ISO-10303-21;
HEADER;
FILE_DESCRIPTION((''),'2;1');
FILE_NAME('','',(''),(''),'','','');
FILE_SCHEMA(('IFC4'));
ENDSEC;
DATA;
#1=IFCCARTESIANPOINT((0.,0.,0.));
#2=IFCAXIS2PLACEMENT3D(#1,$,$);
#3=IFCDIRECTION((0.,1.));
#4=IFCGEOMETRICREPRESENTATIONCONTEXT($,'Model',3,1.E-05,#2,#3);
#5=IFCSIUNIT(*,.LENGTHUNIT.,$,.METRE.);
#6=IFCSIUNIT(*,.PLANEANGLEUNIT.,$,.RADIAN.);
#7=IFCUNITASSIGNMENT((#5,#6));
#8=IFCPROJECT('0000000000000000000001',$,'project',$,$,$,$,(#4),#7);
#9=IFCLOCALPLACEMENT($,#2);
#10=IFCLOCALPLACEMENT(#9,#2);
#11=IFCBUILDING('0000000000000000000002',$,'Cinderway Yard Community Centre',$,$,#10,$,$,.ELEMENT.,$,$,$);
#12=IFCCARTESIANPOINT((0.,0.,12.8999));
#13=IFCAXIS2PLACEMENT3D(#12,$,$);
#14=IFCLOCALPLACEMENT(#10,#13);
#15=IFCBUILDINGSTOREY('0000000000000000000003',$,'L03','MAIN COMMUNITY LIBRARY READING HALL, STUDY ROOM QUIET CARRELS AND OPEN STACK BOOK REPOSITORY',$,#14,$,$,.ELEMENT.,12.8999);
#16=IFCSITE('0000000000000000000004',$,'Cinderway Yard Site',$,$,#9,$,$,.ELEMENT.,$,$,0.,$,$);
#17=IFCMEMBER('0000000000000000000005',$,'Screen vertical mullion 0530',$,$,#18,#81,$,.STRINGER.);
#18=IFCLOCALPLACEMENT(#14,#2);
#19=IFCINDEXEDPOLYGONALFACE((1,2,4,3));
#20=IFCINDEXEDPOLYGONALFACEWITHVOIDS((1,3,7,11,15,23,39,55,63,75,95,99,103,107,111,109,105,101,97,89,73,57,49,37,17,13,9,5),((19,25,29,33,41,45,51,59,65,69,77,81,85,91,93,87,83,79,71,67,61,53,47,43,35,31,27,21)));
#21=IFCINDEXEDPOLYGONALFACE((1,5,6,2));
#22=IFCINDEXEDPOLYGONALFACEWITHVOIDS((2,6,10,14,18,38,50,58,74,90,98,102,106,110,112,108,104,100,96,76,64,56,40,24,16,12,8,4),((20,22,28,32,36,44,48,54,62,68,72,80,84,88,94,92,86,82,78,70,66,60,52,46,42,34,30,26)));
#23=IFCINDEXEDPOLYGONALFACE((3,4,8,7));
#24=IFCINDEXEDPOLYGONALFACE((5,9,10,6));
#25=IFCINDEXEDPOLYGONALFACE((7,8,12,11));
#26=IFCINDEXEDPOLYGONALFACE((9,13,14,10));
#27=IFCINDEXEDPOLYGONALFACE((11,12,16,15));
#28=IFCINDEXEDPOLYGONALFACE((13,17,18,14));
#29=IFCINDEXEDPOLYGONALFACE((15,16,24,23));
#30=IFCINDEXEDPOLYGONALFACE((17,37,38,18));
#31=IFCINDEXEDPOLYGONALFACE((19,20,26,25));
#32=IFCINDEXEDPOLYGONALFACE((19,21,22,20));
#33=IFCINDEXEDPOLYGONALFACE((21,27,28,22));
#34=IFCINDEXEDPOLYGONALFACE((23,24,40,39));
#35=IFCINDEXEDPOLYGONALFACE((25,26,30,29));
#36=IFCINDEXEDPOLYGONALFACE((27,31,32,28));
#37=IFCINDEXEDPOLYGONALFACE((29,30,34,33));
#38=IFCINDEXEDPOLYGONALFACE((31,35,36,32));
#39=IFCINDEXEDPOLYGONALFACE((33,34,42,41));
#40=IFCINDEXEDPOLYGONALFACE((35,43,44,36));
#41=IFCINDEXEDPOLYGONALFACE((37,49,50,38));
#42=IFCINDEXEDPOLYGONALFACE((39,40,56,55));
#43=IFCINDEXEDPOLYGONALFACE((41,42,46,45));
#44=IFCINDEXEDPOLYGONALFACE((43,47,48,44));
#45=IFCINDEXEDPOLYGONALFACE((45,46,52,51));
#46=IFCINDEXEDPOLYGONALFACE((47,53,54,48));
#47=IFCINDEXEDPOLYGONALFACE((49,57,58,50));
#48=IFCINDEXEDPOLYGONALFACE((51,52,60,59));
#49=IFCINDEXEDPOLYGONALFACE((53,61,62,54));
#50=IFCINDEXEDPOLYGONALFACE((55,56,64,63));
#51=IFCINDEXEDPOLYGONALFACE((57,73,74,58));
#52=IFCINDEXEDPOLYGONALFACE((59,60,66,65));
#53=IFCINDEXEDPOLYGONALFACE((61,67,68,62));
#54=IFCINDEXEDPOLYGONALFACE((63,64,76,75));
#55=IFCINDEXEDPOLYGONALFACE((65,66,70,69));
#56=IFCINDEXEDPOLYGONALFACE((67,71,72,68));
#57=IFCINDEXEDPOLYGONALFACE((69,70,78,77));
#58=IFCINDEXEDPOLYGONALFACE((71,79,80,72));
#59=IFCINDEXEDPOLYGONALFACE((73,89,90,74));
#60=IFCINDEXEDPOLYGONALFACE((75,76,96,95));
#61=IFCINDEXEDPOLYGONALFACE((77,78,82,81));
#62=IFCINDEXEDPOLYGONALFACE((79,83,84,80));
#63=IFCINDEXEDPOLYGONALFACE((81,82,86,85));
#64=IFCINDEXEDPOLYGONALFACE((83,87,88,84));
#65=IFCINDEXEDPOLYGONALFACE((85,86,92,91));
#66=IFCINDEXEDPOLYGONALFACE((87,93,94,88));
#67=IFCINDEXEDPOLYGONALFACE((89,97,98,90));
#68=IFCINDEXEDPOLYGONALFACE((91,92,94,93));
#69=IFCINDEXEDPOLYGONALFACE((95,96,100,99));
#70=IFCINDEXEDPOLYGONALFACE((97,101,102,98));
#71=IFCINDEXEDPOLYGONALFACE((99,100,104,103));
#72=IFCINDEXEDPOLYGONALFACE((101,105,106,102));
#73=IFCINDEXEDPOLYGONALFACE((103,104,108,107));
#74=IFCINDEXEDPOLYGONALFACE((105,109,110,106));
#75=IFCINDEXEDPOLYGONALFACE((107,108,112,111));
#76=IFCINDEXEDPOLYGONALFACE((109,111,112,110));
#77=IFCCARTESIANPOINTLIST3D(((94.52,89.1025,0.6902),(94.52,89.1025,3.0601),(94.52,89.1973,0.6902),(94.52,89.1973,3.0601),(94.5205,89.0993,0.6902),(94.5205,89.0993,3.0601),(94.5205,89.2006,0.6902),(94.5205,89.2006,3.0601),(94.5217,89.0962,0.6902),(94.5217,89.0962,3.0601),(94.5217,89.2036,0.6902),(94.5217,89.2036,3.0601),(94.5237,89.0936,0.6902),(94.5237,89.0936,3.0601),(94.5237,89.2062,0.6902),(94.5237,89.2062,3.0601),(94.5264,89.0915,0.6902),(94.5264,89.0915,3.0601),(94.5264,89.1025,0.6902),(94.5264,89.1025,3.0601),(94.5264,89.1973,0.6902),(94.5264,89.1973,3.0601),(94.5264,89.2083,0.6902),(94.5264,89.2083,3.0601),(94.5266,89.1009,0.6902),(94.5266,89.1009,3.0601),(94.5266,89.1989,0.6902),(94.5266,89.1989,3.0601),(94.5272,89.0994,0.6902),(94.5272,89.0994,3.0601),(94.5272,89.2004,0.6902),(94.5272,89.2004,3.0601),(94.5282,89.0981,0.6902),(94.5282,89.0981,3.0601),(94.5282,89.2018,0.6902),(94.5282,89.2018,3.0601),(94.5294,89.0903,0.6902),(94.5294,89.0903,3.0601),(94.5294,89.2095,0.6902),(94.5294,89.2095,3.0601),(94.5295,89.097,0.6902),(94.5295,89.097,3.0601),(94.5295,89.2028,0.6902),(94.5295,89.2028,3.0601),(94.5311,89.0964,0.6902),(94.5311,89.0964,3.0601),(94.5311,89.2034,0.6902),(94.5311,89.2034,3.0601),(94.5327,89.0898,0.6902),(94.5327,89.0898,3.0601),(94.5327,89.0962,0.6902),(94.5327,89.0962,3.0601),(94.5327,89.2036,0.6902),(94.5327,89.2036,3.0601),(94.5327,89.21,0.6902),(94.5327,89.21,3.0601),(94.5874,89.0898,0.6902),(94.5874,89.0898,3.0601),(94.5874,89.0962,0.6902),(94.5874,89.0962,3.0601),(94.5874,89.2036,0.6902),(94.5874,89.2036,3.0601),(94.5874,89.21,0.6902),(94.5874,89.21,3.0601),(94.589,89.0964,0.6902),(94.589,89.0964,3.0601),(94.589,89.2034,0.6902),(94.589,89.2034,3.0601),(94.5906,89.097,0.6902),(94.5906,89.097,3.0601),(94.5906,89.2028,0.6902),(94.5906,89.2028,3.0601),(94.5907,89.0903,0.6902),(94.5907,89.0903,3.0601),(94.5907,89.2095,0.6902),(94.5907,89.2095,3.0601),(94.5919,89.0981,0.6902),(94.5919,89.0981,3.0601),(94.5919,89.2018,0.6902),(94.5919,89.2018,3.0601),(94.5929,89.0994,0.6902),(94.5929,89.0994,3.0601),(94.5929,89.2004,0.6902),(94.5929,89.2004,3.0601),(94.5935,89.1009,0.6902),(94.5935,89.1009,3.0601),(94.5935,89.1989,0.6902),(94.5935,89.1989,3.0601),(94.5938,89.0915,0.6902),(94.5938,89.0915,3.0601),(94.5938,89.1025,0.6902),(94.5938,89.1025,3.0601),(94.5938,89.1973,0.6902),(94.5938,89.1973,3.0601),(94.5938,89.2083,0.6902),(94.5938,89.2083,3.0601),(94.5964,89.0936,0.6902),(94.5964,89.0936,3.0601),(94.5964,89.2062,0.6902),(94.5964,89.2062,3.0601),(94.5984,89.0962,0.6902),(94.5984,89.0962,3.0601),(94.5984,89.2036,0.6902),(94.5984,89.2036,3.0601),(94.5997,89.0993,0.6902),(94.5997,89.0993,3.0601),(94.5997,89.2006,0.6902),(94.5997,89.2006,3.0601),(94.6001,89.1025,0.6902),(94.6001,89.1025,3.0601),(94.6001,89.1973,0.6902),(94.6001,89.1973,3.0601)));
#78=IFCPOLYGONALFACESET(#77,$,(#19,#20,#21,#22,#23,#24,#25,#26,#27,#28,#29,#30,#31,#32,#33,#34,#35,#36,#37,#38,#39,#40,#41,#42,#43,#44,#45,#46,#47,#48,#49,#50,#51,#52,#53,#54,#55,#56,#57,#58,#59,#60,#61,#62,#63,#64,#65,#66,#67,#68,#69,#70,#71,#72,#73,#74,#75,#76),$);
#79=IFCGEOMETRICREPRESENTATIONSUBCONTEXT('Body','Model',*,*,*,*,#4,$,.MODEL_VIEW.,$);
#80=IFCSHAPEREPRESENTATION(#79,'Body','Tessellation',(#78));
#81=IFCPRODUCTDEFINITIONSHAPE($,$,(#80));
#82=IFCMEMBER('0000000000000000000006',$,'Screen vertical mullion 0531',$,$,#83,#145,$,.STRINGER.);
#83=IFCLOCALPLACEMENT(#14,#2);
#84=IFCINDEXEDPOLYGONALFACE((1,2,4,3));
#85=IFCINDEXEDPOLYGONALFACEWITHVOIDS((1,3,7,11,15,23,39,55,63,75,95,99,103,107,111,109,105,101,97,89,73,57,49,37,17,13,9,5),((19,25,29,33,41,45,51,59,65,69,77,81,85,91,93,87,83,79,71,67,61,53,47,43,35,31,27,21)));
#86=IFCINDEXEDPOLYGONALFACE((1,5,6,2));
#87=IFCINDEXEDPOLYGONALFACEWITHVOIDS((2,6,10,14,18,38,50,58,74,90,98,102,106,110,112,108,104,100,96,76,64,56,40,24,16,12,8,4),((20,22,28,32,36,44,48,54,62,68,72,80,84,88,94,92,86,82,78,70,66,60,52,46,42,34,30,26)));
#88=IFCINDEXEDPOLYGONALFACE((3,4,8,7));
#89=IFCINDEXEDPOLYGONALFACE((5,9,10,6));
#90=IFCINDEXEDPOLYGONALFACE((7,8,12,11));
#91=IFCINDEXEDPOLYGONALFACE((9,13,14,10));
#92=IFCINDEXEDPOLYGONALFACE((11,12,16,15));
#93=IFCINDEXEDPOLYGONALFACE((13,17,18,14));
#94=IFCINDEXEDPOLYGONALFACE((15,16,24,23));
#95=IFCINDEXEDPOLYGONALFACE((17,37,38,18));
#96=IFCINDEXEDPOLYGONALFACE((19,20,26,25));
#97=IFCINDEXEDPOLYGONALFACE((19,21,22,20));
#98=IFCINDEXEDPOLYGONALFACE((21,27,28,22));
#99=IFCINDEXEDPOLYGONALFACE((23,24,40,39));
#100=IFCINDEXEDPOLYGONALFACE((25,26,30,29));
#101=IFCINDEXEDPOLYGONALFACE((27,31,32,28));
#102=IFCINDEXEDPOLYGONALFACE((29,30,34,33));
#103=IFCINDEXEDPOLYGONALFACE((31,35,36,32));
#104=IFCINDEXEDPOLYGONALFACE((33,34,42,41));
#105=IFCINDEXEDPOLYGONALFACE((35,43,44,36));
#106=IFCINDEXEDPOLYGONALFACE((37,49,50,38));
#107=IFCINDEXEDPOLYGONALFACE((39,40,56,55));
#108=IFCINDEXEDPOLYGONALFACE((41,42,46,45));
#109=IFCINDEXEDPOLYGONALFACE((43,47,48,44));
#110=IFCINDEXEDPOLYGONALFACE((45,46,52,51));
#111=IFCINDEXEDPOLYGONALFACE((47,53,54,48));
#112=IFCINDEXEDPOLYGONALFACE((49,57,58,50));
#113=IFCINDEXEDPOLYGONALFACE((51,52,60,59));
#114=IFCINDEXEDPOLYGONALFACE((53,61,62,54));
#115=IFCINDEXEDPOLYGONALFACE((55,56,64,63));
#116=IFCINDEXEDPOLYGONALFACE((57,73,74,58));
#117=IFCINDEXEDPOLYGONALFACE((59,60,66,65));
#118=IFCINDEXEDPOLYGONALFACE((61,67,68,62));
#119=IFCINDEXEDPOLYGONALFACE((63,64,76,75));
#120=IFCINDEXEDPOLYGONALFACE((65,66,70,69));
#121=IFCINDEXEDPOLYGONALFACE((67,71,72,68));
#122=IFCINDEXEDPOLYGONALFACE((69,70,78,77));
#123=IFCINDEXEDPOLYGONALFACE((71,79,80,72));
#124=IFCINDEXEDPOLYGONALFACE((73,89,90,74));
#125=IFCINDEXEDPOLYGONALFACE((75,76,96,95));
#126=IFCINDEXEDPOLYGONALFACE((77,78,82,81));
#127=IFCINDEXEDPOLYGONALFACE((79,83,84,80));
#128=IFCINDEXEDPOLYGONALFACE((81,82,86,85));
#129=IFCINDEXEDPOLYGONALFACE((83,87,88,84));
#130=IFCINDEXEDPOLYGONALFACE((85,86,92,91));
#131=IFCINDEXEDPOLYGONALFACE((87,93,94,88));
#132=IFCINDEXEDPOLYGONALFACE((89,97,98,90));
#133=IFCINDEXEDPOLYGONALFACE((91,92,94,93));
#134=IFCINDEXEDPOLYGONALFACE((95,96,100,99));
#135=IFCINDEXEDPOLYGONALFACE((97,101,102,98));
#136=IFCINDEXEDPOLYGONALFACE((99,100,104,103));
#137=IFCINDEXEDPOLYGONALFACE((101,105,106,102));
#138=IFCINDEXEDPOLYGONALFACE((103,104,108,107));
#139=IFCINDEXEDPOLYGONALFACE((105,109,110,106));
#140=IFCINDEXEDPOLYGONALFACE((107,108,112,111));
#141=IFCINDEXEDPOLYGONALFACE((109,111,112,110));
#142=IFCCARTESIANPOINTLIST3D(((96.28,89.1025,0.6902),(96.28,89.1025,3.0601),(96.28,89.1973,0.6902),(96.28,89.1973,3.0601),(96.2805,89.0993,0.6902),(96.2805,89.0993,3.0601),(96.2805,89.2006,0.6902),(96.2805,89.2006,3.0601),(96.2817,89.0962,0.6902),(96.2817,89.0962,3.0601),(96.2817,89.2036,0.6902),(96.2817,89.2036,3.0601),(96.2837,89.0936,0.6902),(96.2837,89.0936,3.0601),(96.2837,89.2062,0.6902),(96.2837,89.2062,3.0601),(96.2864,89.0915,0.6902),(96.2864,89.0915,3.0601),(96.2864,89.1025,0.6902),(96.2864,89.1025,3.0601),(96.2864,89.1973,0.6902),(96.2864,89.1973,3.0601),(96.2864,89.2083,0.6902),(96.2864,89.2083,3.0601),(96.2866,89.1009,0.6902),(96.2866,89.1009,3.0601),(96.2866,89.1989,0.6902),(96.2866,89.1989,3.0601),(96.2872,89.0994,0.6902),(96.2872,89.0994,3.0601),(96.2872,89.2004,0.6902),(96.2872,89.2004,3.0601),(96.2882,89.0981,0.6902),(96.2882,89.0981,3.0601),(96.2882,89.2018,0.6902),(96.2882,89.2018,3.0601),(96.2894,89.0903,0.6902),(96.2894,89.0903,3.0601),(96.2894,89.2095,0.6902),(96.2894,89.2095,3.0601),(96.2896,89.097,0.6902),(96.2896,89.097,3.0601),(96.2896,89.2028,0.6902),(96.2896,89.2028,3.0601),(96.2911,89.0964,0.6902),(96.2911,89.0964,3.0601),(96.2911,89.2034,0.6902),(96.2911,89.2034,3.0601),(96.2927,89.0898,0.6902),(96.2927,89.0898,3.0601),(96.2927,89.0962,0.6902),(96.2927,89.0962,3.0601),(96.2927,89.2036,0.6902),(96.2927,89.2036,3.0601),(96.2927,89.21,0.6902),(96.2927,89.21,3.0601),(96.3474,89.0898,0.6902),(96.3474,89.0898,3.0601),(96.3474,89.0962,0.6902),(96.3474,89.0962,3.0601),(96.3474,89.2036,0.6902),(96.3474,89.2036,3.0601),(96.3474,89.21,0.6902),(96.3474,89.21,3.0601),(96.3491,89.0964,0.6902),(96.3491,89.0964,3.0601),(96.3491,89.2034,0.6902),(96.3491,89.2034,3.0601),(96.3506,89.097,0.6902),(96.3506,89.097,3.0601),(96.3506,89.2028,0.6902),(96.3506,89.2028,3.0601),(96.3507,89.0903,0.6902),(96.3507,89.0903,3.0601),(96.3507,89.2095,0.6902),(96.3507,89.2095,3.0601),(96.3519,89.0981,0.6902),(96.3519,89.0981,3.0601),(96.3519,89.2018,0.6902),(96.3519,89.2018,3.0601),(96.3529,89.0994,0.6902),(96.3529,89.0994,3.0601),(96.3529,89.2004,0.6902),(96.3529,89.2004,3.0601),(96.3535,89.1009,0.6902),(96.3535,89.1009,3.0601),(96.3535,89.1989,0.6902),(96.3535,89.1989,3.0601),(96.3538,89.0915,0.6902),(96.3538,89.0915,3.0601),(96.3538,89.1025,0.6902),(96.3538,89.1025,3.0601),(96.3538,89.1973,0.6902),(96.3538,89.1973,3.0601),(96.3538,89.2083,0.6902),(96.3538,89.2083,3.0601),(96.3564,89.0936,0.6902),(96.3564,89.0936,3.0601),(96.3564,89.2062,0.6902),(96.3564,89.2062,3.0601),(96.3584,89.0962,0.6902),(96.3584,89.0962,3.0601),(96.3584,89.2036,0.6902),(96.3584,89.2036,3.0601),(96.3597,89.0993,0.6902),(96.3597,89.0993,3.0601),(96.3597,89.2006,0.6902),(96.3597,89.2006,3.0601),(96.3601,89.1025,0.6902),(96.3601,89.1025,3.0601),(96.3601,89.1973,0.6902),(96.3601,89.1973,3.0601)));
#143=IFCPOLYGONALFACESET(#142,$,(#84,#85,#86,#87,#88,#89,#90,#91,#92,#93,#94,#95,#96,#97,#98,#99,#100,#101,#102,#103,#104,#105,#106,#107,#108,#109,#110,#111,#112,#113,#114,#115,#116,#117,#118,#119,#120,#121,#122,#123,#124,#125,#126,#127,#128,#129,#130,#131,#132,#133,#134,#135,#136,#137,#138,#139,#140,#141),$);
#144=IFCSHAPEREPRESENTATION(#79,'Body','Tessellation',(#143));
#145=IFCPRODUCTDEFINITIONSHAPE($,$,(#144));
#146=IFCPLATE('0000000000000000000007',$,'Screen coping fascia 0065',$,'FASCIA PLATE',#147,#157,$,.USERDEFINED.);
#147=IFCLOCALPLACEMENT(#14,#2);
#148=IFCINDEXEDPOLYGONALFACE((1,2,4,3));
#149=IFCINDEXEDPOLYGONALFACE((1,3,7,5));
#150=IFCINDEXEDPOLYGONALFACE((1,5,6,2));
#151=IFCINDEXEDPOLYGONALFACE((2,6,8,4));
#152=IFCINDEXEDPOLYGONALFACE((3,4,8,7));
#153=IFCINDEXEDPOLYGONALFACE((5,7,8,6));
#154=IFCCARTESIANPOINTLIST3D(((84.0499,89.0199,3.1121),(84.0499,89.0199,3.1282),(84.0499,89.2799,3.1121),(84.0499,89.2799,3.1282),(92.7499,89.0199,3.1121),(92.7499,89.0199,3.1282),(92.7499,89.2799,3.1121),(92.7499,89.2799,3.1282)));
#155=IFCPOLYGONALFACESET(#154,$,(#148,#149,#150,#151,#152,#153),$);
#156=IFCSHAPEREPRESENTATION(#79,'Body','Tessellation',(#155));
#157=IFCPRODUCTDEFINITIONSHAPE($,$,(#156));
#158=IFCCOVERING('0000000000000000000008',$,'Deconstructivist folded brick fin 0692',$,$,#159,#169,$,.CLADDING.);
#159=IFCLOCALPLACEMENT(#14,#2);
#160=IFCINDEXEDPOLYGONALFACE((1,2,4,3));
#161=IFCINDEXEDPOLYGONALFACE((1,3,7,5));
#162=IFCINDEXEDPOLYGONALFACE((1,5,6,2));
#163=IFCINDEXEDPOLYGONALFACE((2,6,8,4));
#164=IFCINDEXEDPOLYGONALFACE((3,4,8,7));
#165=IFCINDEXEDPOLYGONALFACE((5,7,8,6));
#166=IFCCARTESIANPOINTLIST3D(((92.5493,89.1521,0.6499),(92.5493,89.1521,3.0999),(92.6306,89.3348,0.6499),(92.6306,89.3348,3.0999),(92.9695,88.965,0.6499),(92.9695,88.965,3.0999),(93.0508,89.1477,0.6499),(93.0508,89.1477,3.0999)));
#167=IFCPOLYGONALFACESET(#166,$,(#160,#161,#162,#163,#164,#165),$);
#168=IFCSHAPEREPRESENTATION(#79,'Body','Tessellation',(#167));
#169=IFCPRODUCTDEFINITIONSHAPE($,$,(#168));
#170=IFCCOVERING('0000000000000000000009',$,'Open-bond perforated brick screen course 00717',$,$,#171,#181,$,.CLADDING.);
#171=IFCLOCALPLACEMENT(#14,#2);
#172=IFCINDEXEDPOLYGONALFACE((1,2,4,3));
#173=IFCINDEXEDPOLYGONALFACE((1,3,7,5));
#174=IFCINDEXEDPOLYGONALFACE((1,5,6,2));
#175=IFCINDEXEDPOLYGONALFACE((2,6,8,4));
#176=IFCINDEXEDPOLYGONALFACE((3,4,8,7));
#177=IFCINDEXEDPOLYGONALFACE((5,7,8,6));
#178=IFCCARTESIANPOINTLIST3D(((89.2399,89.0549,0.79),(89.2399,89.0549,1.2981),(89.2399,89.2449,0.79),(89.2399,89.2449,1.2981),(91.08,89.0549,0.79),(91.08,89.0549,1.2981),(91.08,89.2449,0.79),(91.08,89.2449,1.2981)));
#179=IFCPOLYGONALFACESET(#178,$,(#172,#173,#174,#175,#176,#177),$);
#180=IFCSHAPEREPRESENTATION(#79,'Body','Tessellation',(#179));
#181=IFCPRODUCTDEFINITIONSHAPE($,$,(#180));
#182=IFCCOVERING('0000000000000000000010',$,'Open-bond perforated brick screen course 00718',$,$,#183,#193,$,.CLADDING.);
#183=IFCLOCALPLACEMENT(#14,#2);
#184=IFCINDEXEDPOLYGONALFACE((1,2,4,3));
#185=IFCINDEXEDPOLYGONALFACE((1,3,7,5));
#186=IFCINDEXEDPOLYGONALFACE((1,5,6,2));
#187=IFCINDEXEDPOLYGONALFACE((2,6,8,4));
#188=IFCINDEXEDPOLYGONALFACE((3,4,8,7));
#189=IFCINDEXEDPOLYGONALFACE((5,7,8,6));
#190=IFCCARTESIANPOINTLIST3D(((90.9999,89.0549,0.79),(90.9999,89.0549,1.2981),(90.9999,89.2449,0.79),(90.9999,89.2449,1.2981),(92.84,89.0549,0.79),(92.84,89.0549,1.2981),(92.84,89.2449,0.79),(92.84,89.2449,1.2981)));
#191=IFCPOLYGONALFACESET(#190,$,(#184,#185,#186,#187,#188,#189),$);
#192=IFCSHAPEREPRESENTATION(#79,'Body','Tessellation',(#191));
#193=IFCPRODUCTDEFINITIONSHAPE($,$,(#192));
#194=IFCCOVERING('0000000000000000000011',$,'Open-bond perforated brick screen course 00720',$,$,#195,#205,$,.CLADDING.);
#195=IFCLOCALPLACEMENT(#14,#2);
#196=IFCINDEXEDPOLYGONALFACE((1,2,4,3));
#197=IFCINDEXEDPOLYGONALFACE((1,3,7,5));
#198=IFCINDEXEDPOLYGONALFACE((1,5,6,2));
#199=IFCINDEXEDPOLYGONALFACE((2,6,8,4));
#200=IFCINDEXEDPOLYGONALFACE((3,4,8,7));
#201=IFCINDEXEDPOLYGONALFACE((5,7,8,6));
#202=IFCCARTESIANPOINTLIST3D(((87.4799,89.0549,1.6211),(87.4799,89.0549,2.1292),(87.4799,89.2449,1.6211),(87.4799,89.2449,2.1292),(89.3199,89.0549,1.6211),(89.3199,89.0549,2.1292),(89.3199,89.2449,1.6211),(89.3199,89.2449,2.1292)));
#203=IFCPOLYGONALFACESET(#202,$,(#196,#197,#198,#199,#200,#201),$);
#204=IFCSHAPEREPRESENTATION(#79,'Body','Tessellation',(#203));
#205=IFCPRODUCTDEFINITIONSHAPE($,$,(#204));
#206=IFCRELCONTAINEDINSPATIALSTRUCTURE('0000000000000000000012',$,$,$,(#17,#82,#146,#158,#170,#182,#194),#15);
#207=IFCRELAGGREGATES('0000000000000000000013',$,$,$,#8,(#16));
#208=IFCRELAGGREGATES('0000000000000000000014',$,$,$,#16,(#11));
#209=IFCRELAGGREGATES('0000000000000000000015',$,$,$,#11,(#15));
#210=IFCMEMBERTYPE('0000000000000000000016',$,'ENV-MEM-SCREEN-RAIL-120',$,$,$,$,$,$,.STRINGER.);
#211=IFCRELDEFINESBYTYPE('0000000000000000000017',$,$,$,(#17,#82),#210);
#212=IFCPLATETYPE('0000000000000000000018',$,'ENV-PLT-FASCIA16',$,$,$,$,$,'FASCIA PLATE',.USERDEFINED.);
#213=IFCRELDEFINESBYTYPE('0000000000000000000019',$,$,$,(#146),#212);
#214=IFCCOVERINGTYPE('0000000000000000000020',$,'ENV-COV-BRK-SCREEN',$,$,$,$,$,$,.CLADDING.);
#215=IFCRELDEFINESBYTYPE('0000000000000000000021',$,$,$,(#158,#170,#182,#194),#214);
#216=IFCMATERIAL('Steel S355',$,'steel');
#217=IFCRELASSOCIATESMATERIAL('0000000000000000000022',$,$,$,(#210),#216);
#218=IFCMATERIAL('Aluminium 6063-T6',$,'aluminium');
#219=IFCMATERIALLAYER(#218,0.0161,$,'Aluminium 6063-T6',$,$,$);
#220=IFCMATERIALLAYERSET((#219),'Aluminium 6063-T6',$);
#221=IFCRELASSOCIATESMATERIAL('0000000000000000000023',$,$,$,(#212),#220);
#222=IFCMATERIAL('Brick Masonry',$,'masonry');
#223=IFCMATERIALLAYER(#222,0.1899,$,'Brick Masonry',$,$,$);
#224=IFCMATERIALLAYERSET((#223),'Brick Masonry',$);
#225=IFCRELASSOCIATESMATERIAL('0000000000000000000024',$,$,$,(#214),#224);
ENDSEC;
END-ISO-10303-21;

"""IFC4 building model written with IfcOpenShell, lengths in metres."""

from ifc_helpers import new_model, si_unit, direction, frame, origin, origin_2d, place, context, subcontext, project, spatial, rectangle, hollow_rectangle, extrude, material, layer, layer_set, material_profile, profile_set, type_object, element, save


model = new_model("IFC4")

# Units and contexts
model_context = context("Model", 3, precision=1e-05, world=origin(), true_north=direction((0.0, 1.0)))
body_context = subcontext(model_context, "Body", "Model", "MODEL_VIEW")
ifc_project = project(units=[si_unit("LENGTHUNIT", "METRE"), si_unit("PLANEANGLEUNIT", "RADIAN")], contexts=[model_context])

# Site, building, storey
site_placement = place(None, origin())
site = spatial("IfcSite", under=ifc_project, at=site_placement, Name="Cinderway Yard Site", CompositionType="ELEMENT", RefElevation=0.0)
building_placement = place(site_placement, origin())
building = spatial("IfcBuilding", under=site, at=building_placement, Name="Cinderway Yard Community Centre", CompositionType="ELEMENT")
storey_placement = place(building_placement, frame((0.0, 0.0, 12.8999)))
storey = spatial("IfcBuildingStorey", under=building, at=storey_placement, Name="L03", Description="MAIN COMMUNITY LIBRARY READING HALL, STUDY ROOM QUIET CARRELS AND OPEN STACK BOOK REPOSITORY", CompositionType="ELEMENT", Elevation=12.8999)

# Members
ifc_material_1 = material(Name="Steel S355", Category="steel")
ifc_material_profile = material_profile(ifc_material_1, hollow_rectangle(XDim=0.0801, YDim=0.1201, WallThickness=0.0063, InnerFilletRadius=0.0063, OuterFilletRadius=0.0127, at=origin_2d()), Name="Steel S355")
ifc_profile_set = profile_set([ifc_material_profile], Name="Steel S355")
member_type = type_object("IfcMemberType", Name="ENV-MEM-SCREEN-RAIL-120", PredefinedType="STRINGER", material=ifc_profile_set)
for number, where, z_axis, x_axis, name in (
    (1, (94.5601, 89.1499, 0.6902), (0.0, 0.0, 1.0), (1.0, 0.0, 0.0), "Screen vertical mullion 0530"),
    (2, (96.3201, 89.1499, 0.6902), (0.0, 0.0, 1.0), (1.0, 0.0, 0.0), "Screen vertical mullion 0531"),
):
    element("IfcMember", number, at=place(storey_placement, frame(where, z_axis=z_axis, x_axis=x_axis)), inside=storey, type_object=member_type, Name=name, PredefinedType="STRINGER", context=body_context, shape_type="SweptSolid", body=[
        extrude(hollow_rectangle(XDim=0.0801, YDim=0.1201, WallThickness=0.0063, InnerFilletRadius=0.0063, OuterFilletRadius=0.0127, at=origin_2d()), origin(), (0.0, 0.0, 1.0), 2.3699),
    ])

# Plate
ifc_material_2 = material(Name="Aluminium 6063-T6", Category="aluminium")
ifc_layer_1 = layer(ifc_material_2, 0.0161, Name="Aluminium 6063-T6")
ifc_layer_set_1 = layer_set([ifc_layer_1], Name="Aluminium 6063-T6")
plate_type = type_object("IfcPlateType", Name="ENV-PLT-FASCIA16", ElementType="FASCIA PLATE", PredefinedType="USERDEFINED", material=ifc_layer_set_1)
plate_placement = place(storey_placement, frame((88.3999, 89.1499, 3.1121), z_axis=(0.0, 0.0, 1.0), x_axis=(-1.0, 0.0, 0.0)))
element("IfcPlate", 3, at=plate_placement, inside=storey, type_object=plate_type, Name="Screen coping fascia 0065", ObjectType="FASCIA PLATE", PredefinedType="USERDEFINED", context=body_context, shape_type="SweptSolid", body=[
    extrude(rectangle(XDim=8.7, YDim=0.26, at=origin_2d()), origin(), (0.0, 0.0, 1.0), 0.0161),
])

# Coverings
ifc_material_3 = material(Name="Brick Masonry", Category="masonry")
ifc_layer_2 = layer(ifc_material_3, 0.1899, Name="Brick Masonry")
ifc_layer_set_2 = layer_set([ifc_layer_2], Name="Brick Masonry")
covering_type = type_object("IfcCoveringType", Name="ENV-COV-BRK-SCREEN", PredefinedType="CLADDING", material=ifc_layer_set_2)
covering_placement = place(storey_placement, frame((92.8, 89.1499, 0.6499), z_axis=(0.0, 0.0, 1.0), x_axis=(-0.913545, 0.406737, 0.0)))
element("IfcCovering", 4, at=covering_placement, inside=storey, type_object=covering_type, Name="Deconstructivist folded brick fin 0692", PredefinedType="CLADDING", context=body_context, shape_type="SweptSolid", body=[
    extrude(rectangle(XDim=0.46, YDim=0.2, at=origin_2d()), origin(), (0.0, 0.0, 1.0), 2.45),
])
for number, where, z_axis, x_axis, name in (
    (5, (90.1599, 89.1499, 0.79), (0.0, 0.0, 1.0), (-1.0, 0.0, 0.0), "Open-bond perforated brick screen course 00717"),
    (6, (91.9199, 89.1499, 0.79), (0.0, 0.0, 1.0), (-1.0, 0.0, 0.0), "Open-bond perforated brick screen course 00718"),
    (7, (88.3999, 89.1499, 1.6211), (0.0, 0.0, 1.0), (-1.0, 0.0, 0.0), "Open-bond perforated brick screen course 00720"),
):
    element("IfcCovering", number, at=place(storey_placement, frame(where, z_axis=z_axis, x_axis=x_axis)), inside=storey, type_object=covering_type, Name=name, PredefinedType="CLADDING", context=body_context, shape_type="SweptSolid", body=[
        extrude(rectangle(XDim=1.8401, YDim=0.1899, at=origin_2d()), origin(), (0.0, 0.0, 1.0), 0.5081),
    ])

save(model, "model.ifc")
